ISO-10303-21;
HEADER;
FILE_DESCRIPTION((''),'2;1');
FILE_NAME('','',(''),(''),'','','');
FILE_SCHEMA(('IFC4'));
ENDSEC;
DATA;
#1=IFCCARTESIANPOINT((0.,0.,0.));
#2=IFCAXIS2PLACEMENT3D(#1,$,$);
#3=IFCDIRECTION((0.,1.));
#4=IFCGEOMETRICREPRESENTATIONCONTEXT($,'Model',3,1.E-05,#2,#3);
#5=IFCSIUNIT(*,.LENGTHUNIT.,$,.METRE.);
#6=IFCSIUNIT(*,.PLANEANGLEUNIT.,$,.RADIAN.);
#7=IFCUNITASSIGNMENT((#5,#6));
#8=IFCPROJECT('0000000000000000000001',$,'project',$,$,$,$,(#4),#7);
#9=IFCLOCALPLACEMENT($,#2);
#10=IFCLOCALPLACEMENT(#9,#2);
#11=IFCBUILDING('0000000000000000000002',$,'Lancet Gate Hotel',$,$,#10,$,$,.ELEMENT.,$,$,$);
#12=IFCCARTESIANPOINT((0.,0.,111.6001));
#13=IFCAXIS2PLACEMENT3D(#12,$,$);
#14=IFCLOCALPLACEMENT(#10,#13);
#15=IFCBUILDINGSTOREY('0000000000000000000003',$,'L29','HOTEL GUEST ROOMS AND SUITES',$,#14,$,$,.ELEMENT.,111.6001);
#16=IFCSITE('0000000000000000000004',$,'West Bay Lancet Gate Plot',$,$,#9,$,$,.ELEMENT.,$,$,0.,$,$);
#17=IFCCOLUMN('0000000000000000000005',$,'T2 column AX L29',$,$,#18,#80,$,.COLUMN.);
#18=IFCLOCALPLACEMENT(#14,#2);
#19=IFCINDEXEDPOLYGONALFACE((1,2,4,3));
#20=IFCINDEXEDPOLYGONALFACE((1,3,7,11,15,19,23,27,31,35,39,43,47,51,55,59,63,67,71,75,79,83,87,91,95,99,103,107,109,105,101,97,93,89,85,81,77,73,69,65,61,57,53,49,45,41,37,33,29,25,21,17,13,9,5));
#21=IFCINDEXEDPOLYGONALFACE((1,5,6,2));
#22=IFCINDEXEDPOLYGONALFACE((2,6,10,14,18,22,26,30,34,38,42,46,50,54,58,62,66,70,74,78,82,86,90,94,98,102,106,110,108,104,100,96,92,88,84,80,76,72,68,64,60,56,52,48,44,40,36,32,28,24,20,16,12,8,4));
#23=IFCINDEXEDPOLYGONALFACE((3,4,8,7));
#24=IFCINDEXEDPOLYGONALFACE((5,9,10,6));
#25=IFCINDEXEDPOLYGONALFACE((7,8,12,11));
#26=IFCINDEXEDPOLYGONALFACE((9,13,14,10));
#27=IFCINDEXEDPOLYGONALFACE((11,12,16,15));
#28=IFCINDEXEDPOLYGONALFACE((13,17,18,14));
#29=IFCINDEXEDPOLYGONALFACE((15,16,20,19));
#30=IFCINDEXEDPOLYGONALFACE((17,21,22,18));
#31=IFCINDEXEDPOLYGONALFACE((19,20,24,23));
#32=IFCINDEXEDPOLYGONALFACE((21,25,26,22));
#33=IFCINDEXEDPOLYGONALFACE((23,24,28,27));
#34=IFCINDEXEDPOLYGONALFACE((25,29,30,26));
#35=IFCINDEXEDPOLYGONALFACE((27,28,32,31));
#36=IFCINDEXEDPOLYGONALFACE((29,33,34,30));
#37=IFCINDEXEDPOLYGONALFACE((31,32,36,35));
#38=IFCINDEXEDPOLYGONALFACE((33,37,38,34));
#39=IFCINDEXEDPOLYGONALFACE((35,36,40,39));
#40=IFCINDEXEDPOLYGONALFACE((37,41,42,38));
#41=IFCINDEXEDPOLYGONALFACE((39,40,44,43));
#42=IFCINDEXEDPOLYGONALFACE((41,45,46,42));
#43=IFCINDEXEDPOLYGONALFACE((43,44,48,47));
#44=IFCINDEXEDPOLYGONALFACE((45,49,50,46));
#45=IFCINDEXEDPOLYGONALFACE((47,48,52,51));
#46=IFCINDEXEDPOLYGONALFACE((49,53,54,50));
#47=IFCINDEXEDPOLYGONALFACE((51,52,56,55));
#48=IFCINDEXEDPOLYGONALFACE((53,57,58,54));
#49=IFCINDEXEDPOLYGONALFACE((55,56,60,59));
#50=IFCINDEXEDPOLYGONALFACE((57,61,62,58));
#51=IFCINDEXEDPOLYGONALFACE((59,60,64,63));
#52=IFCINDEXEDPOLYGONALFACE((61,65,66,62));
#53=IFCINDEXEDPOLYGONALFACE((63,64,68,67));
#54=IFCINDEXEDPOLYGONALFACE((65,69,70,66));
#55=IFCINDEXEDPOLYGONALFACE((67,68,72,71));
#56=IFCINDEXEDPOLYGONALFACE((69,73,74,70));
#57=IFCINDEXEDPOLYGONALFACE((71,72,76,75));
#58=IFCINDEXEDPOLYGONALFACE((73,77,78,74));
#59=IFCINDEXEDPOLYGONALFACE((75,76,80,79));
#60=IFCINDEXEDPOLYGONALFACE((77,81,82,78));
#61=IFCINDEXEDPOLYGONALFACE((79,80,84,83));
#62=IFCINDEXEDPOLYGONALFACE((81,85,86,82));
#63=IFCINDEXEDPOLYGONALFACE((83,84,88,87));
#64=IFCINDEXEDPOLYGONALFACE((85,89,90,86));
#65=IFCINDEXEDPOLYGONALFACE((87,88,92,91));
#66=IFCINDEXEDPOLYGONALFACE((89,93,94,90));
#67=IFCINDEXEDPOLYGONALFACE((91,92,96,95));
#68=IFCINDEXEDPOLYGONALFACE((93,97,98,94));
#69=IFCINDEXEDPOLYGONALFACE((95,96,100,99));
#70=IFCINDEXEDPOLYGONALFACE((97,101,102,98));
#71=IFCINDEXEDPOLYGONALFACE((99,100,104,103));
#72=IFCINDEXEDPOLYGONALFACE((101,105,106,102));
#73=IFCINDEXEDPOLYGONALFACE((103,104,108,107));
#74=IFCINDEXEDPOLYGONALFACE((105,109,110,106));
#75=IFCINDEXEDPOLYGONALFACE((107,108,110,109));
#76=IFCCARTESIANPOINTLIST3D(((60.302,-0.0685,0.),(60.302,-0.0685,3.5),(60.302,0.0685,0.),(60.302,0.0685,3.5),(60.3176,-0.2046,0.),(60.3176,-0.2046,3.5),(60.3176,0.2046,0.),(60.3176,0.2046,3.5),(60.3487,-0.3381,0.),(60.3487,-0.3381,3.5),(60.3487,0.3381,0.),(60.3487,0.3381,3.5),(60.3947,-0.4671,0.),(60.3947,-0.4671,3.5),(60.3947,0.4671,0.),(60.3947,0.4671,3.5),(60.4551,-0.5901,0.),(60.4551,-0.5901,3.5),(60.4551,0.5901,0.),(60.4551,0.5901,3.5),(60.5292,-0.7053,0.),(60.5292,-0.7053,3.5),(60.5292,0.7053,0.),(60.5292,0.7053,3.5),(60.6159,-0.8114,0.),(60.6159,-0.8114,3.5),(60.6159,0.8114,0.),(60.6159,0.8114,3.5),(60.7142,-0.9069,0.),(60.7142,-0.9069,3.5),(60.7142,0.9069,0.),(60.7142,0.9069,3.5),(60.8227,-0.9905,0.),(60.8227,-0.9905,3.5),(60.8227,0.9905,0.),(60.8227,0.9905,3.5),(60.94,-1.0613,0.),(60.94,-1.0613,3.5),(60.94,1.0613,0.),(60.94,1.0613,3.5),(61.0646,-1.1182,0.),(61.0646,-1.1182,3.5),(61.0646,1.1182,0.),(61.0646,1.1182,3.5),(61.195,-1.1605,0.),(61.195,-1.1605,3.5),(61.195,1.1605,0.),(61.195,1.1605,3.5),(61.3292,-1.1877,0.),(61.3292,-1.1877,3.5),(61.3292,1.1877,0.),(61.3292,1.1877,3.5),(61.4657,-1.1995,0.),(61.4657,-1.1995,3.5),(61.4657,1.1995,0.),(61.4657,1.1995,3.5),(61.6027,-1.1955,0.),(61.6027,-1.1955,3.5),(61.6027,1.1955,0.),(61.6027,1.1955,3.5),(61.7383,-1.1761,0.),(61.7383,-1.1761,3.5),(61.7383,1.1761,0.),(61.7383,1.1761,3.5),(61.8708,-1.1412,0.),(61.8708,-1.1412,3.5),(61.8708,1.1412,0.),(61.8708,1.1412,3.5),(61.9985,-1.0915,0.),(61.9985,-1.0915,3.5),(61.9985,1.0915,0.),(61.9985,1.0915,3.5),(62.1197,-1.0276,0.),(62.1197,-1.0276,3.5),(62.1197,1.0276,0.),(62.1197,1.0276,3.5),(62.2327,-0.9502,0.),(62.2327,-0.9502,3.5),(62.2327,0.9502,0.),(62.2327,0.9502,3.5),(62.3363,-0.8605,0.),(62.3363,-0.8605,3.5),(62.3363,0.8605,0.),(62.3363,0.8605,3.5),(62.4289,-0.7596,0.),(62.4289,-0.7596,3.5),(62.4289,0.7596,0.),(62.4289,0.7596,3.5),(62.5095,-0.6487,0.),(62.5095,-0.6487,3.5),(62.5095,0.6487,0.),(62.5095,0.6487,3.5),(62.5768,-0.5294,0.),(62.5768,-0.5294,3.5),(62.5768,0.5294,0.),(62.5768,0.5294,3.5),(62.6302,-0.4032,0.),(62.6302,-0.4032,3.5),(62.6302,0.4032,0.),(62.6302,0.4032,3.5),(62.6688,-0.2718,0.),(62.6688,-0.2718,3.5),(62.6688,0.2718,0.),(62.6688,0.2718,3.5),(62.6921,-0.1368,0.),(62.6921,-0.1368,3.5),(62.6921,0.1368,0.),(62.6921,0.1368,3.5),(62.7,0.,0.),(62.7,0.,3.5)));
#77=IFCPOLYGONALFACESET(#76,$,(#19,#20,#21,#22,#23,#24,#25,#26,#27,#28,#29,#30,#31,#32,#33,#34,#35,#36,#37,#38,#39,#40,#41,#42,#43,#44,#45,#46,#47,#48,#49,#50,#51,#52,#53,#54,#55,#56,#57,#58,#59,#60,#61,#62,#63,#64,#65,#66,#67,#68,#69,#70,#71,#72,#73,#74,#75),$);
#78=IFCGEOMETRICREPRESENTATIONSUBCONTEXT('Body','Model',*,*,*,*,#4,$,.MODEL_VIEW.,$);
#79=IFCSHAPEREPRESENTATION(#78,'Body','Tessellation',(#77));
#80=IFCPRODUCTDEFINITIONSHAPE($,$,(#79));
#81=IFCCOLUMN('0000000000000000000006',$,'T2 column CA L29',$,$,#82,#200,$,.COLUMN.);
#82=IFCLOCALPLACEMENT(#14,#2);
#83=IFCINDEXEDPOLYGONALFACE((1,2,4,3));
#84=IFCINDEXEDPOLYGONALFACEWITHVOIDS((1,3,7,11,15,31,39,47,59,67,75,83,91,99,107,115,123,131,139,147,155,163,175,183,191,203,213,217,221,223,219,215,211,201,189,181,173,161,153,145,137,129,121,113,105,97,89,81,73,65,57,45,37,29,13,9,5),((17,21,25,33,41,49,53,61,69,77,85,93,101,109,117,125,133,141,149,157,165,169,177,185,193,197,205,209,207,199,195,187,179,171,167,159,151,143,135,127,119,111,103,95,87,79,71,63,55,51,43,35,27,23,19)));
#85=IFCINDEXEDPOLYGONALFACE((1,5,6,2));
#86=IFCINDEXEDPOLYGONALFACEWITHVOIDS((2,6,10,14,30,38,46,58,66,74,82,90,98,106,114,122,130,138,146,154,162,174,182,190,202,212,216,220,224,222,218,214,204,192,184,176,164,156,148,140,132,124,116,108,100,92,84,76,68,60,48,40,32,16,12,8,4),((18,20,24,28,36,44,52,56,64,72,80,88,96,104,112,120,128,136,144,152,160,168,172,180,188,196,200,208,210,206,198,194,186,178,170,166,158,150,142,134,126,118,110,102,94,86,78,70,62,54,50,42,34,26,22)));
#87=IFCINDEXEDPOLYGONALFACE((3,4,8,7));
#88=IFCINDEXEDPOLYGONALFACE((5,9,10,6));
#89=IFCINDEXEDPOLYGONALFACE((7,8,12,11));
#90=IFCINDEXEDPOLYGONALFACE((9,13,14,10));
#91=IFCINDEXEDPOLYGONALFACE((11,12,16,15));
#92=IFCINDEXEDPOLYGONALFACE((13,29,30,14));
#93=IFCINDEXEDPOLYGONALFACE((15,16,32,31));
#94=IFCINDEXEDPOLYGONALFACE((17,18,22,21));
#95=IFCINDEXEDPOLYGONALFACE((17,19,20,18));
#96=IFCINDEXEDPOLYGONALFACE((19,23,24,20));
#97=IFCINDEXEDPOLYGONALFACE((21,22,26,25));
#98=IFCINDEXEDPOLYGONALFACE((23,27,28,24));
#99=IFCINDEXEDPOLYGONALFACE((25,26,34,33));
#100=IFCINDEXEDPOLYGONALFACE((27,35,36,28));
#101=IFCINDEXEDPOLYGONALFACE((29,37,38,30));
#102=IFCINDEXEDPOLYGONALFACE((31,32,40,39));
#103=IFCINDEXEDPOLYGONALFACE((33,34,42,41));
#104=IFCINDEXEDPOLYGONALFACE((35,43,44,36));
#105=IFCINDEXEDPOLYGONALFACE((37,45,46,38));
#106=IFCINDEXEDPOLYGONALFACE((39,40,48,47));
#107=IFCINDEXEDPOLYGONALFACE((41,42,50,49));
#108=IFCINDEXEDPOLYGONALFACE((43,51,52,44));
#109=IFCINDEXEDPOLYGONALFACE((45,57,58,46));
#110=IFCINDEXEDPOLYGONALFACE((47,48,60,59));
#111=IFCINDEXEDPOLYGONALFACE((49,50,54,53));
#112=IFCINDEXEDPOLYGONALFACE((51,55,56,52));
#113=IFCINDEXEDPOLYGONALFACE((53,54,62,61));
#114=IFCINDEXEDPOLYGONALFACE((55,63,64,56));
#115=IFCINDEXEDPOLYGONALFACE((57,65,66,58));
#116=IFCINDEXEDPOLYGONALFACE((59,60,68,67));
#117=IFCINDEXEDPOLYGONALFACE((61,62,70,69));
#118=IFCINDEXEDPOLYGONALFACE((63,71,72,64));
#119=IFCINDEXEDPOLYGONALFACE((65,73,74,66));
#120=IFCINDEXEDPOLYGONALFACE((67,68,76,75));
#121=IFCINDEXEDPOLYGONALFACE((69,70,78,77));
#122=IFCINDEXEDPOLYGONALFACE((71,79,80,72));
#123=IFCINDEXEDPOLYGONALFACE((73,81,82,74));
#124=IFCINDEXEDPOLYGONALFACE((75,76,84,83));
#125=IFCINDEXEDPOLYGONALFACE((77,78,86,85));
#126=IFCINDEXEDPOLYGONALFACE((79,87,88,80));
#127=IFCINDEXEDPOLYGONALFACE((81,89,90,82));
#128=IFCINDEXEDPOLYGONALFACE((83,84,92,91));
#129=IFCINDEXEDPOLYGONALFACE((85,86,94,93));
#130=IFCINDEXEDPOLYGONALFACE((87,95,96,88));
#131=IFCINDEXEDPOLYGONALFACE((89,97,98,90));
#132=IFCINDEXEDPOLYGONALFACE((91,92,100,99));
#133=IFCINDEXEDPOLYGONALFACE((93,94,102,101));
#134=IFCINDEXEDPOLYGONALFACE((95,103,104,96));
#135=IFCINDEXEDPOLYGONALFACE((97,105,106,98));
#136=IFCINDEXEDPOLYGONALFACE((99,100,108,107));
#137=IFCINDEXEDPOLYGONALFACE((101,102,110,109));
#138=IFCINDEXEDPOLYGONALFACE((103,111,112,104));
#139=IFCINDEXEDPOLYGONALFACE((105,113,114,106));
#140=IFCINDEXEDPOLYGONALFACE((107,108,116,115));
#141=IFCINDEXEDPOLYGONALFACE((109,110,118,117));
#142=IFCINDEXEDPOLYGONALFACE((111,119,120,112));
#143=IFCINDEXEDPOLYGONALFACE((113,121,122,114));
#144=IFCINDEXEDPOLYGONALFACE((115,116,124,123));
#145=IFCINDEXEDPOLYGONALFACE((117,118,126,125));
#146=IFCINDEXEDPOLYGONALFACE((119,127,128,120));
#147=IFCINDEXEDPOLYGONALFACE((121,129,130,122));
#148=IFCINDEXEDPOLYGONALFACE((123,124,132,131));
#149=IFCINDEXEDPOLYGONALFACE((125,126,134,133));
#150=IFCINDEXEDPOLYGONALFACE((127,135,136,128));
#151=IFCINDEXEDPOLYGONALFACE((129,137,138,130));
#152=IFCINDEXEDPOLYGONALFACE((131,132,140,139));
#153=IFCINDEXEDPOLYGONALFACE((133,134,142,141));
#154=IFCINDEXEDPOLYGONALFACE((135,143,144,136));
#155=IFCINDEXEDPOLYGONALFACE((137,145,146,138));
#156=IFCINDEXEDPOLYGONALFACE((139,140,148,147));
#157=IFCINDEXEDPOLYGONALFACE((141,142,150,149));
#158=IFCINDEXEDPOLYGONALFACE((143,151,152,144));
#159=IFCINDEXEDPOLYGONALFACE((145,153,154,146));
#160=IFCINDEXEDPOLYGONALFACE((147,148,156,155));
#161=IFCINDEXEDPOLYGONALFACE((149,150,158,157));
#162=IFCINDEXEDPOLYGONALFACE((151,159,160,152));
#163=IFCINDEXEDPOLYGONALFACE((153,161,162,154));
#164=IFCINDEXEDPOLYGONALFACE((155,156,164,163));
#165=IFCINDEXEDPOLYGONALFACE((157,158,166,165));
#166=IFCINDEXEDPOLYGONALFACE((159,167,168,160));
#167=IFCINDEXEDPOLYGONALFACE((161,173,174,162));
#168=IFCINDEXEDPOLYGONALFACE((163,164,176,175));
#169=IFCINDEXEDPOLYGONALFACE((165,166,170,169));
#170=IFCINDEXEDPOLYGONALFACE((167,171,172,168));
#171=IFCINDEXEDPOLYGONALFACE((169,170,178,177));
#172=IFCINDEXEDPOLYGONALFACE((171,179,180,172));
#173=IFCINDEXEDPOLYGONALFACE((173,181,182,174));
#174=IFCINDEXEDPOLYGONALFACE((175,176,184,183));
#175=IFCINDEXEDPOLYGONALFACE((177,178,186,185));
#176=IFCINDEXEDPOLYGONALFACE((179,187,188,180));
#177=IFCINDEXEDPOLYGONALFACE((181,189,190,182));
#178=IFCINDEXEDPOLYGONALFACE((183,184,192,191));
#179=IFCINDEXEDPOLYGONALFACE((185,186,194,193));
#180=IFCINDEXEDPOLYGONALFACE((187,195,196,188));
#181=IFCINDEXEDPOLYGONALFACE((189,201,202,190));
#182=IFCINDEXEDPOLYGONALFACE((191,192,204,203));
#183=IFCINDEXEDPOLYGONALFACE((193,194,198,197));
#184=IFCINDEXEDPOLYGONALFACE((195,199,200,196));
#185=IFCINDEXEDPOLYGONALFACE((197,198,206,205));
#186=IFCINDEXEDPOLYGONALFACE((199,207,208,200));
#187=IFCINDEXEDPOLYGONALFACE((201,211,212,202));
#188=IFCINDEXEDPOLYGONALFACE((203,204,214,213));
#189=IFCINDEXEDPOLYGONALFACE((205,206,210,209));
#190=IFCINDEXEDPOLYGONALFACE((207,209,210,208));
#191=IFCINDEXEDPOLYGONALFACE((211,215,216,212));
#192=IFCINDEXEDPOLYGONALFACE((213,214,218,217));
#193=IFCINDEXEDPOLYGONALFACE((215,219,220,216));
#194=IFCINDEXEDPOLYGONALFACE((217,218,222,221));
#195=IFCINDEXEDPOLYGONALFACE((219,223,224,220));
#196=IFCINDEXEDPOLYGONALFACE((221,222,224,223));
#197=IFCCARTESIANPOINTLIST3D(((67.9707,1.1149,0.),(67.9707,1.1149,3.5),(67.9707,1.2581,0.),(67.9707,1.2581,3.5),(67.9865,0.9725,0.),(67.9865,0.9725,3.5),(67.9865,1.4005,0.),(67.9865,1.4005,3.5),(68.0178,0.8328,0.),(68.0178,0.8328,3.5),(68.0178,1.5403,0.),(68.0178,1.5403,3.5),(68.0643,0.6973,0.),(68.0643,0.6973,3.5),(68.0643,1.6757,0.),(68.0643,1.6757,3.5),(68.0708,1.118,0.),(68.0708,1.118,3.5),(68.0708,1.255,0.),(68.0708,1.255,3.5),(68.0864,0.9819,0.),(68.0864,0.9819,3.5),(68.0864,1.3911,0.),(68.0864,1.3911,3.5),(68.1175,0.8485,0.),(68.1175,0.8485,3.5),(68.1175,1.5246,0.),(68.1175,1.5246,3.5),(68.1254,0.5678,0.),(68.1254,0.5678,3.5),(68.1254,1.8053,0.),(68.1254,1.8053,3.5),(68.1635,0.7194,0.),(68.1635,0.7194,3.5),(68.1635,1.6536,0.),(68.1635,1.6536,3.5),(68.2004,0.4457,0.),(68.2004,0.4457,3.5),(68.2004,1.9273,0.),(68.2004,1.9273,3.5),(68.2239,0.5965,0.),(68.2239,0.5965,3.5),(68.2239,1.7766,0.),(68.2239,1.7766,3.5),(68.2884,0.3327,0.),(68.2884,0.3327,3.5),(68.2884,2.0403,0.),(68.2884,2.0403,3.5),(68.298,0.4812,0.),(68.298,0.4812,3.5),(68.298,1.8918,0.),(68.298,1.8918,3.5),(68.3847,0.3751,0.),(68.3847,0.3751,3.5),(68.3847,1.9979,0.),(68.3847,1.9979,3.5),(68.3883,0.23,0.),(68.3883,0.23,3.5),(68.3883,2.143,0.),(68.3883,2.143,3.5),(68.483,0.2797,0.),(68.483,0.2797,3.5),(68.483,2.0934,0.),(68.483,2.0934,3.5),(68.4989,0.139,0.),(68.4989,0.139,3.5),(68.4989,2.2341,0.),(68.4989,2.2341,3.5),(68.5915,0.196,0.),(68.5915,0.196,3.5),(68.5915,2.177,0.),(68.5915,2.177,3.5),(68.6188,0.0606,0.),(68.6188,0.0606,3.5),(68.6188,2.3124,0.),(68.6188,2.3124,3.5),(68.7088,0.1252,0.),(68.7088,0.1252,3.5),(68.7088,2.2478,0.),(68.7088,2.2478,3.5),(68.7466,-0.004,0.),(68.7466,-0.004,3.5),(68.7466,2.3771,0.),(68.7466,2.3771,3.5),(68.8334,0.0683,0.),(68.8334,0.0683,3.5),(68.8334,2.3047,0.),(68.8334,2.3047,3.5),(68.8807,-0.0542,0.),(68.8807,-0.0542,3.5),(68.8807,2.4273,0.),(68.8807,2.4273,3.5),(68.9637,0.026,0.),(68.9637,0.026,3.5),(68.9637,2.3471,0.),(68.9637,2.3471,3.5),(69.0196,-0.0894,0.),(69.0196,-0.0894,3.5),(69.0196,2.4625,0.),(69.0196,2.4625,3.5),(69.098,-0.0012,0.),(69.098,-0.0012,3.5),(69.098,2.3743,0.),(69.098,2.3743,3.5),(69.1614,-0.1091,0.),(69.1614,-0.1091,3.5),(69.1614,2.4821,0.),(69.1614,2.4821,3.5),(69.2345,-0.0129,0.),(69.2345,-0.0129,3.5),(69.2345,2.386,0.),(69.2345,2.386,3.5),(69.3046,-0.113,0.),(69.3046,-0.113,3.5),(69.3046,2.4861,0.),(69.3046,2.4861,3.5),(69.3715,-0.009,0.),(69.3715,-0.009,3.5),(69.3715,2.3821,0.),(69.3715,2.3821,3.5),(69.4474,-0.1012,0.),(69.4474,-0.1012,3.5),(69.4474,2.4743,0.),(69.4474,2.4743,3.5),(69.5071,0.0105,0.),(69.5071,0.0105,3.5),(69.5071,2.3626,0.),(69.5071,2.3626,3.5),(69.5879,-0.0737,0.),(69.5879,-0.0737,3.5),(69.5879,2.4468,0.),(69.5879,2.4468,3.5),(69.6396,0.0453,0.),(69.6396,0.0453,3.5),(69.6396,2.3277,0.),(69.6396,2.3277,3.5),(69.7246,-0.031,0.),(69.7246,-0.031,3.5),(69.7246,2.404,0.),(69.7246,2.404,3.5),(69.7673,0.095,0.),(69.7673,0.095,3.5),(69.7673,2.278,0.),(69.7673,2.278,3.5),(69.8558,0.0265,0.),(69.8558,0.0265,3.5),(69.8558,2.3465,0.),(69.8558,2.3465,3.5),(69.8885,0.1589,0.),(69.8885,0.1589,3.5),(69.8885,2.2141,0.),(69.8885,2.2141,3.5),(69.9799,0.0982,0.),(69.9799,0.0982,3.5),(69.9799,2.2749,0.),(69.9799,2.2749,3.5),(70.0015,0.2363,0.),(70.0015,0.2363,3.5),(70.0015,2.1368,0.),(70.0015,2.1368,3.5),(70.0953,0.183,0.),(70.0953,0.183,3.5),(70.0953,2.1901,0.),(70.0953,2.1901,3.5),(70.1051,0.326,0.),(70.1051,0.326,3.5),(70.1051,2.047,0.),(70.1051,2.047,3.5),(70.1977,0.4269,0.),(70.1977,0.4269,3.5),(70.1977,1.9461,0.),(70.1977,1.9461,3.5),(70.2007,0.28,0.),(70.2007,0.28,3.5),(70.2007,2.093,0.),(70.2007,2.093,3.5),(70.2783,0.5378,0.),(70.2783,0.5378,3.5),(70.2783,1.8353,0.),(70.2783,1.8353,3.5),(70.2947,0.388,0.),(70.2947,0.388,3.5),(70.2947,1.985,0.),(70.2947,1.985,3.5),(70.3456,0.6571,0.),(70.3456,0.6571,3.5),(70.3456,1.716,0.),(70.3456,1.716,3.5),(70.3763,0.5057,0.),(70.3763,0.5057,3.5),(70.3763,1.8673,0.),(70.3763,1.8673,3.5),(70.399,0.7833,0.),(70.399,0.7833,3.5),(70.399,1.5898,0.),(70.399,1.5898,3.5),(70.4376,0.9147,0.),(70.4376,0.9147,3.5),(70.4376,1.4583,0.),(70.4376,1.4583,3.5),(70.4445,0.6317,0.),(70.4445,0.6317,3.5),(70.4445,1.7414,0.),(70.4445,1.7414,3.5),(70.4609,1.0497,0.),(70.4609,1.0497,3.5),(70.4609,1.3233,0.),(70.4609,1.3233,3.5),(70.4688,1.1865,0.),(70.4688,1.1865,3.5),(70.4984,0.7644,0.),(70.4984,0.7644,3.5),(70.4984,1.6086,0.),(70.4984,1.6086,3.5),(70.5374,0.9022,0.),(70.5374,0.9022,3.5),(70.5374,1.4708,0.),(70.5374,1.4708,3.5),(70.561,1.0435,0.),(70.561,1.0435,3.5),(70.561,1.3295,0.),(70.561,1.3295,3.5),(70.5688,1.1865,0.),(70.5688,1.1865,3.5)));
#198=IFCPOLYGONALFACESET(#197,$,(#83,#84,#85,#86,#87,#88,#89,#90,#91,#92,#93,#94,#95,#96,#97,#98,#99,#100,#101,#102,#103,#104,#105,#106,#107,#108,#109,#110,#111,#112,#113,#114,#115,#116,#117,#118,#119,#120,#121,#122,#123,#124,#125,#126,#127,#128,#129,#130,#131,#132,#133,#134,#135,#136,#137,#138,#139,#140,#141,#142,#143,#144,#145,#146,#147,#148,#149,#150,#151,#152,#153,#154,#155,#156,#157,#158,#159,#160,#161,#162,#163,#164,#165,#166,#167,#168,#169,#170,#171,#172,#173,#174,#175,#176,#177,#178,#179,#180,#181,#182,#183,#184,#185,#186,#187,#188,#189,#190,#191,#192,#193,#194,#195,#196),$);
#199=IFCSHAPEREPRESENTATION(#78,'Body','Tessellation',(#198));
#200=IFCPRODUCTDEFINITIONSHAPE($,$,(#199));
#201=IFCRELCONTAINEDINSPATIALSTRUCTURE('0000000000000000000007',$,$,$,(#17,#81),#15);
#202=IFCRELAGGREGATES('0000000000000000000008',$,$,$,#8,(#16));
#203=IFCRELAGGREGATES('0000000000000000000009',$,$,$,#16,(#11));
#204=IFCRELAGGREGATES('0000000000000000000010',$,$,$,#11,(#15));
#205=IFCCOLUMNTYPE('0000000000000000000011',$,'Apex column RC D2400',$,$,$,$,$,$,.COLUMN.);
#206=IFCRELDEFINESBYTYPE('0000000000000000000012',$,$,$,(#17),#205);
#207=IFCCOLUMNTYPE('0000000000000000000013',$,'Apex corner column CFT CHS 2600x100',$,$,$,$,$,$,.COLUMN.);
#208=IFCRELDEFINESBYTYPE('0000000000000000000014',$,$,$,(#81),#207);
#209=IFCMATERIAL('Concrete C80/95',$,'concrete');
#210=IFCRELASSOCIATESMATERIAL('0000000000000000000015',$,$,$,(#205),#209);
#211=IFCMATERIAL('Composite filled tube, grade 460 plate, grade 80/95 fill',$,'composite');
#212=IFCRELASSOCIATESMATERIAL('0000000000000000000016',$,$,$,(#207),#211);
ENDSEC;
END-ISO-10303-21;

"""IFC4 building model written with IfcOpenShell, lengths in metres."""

from ifc_helpers import new_model, si_unit, direction, frame, origin, origin_2d, place, context, subcontext, project, spatial, circle, hollow_circle, extrude, material, material_profile, profile_set, type_object, element, save


model = new_model("IFC4")

# Units and contexts
model_context = context("Model", 3, precision=1e-05, world=origin(), true_north=direction((0.0, 1.0)))
body_context = subcontext(model_context, "Body", "Model", "MODEL_VIEW")
ifc_project = project(units=[si_unit("LENGTHUNIT", "METRE"), si_unit("PLANEANGLEUNIT", "RADIAN")], contexts=[model_context])

# Site, building, storey
site_placement = place(None, origin())
site = spatial("IfcSite", under=ifc_project, at=site_placement, Name="West Bay Lancet Gate Plot", CompositionType="ELEMENT", RefElevation=0.0)
building_placement = place(site_placement, origin())
building = spatial("IfcBuilding", under=site, at=building_placement, Name="Lancet Gate Hotel", CompositionType="ELEMENT")
storey_placement = place(building_placement, frame((0.0, 0.0, 111.6001)))
storey = spatial("IfcBuildingStorey", under=building, at=storey_placement, Name="L29", Description="HOTEL GUEST ROOMS AND SUITES", CompositionType="ELEMENT", Elevation=111.6001)

# Columns
ifc_material_1 = material(Name="Concrete C80/95", Category="concrete")
ifc_material_profile_1 = material_profile(ifc_material_1, circle(Radius=1.2, at=origin_2d()), Name="RC D2400")
ifc_profile_set_1 = profile_set([ifc_material_profile_1], Name="Concrete C80/95")
column_type_1 = type_object("IfcColumnType", Name="Apex column RC D2400", PredefinedType="COLUMN", material=ifc_profile_set_1)
column_1_placement = place(storey_placement, frame((61.5, 0.0, 0.0), z_axis=(0.0, 0.0, 1.0), x_axis=(1.0, 0.0, 0.0)))
element("IfcColumn", 1, at=column_1_placement, inside=storey, type_object=column_type_1, Name="T2 column AX L29", PredefinedType="COLUMN", context=body_context, shape_type="SweptSolid", body=[
    extrude(circle(Radius=1.2, at=origin_2d()), origin(), (0.0, 0.0, 1.0), 3.5),
])
ifc_material_2 = material(Name="Composite filled tube, grade 460 plate, grade 80/95 fill", Category="composite")
ifc_material_profile_2 = material_profile(ifc_material_2, hollow_circle(Radius=1.3, WallThickness=0.1001, at=origin_2d()), Name="CHS 2600x100")
ifc_profile_set_2 = profile_set([ifc_material_profile_2], Name="Composite filled tube, grade 460 plate, grade 80/95 fill")
column_type_2 = type_object("IfcColumnType", Name="Apex corner column CFT CHS 2600x100", PredefinedType="COLUMN", material=ifc_profile_set_2)
column_2_placement = place(storey_placement, frame((69.2688, 1.1865, 0.0), z_axis=(0.0, 0.0, 1.0), x_axis=(1.0, 0.0, 0.0)))
element("IfcColumn", 2, at=column_2_placement, inside=storey, type_object=column_type_2, Name="T2 column CA L29", PredefinedType="COLUMN", context=body_context, shape_type="SweptSolid", body=[
    extrude(hollow_circle(Radius=1.3, WallThickness=0.1001, at=origin_2d()), origin(), (0.0, 0.0, 1.0), 3.5),
])

save(model, "model.ifc")
